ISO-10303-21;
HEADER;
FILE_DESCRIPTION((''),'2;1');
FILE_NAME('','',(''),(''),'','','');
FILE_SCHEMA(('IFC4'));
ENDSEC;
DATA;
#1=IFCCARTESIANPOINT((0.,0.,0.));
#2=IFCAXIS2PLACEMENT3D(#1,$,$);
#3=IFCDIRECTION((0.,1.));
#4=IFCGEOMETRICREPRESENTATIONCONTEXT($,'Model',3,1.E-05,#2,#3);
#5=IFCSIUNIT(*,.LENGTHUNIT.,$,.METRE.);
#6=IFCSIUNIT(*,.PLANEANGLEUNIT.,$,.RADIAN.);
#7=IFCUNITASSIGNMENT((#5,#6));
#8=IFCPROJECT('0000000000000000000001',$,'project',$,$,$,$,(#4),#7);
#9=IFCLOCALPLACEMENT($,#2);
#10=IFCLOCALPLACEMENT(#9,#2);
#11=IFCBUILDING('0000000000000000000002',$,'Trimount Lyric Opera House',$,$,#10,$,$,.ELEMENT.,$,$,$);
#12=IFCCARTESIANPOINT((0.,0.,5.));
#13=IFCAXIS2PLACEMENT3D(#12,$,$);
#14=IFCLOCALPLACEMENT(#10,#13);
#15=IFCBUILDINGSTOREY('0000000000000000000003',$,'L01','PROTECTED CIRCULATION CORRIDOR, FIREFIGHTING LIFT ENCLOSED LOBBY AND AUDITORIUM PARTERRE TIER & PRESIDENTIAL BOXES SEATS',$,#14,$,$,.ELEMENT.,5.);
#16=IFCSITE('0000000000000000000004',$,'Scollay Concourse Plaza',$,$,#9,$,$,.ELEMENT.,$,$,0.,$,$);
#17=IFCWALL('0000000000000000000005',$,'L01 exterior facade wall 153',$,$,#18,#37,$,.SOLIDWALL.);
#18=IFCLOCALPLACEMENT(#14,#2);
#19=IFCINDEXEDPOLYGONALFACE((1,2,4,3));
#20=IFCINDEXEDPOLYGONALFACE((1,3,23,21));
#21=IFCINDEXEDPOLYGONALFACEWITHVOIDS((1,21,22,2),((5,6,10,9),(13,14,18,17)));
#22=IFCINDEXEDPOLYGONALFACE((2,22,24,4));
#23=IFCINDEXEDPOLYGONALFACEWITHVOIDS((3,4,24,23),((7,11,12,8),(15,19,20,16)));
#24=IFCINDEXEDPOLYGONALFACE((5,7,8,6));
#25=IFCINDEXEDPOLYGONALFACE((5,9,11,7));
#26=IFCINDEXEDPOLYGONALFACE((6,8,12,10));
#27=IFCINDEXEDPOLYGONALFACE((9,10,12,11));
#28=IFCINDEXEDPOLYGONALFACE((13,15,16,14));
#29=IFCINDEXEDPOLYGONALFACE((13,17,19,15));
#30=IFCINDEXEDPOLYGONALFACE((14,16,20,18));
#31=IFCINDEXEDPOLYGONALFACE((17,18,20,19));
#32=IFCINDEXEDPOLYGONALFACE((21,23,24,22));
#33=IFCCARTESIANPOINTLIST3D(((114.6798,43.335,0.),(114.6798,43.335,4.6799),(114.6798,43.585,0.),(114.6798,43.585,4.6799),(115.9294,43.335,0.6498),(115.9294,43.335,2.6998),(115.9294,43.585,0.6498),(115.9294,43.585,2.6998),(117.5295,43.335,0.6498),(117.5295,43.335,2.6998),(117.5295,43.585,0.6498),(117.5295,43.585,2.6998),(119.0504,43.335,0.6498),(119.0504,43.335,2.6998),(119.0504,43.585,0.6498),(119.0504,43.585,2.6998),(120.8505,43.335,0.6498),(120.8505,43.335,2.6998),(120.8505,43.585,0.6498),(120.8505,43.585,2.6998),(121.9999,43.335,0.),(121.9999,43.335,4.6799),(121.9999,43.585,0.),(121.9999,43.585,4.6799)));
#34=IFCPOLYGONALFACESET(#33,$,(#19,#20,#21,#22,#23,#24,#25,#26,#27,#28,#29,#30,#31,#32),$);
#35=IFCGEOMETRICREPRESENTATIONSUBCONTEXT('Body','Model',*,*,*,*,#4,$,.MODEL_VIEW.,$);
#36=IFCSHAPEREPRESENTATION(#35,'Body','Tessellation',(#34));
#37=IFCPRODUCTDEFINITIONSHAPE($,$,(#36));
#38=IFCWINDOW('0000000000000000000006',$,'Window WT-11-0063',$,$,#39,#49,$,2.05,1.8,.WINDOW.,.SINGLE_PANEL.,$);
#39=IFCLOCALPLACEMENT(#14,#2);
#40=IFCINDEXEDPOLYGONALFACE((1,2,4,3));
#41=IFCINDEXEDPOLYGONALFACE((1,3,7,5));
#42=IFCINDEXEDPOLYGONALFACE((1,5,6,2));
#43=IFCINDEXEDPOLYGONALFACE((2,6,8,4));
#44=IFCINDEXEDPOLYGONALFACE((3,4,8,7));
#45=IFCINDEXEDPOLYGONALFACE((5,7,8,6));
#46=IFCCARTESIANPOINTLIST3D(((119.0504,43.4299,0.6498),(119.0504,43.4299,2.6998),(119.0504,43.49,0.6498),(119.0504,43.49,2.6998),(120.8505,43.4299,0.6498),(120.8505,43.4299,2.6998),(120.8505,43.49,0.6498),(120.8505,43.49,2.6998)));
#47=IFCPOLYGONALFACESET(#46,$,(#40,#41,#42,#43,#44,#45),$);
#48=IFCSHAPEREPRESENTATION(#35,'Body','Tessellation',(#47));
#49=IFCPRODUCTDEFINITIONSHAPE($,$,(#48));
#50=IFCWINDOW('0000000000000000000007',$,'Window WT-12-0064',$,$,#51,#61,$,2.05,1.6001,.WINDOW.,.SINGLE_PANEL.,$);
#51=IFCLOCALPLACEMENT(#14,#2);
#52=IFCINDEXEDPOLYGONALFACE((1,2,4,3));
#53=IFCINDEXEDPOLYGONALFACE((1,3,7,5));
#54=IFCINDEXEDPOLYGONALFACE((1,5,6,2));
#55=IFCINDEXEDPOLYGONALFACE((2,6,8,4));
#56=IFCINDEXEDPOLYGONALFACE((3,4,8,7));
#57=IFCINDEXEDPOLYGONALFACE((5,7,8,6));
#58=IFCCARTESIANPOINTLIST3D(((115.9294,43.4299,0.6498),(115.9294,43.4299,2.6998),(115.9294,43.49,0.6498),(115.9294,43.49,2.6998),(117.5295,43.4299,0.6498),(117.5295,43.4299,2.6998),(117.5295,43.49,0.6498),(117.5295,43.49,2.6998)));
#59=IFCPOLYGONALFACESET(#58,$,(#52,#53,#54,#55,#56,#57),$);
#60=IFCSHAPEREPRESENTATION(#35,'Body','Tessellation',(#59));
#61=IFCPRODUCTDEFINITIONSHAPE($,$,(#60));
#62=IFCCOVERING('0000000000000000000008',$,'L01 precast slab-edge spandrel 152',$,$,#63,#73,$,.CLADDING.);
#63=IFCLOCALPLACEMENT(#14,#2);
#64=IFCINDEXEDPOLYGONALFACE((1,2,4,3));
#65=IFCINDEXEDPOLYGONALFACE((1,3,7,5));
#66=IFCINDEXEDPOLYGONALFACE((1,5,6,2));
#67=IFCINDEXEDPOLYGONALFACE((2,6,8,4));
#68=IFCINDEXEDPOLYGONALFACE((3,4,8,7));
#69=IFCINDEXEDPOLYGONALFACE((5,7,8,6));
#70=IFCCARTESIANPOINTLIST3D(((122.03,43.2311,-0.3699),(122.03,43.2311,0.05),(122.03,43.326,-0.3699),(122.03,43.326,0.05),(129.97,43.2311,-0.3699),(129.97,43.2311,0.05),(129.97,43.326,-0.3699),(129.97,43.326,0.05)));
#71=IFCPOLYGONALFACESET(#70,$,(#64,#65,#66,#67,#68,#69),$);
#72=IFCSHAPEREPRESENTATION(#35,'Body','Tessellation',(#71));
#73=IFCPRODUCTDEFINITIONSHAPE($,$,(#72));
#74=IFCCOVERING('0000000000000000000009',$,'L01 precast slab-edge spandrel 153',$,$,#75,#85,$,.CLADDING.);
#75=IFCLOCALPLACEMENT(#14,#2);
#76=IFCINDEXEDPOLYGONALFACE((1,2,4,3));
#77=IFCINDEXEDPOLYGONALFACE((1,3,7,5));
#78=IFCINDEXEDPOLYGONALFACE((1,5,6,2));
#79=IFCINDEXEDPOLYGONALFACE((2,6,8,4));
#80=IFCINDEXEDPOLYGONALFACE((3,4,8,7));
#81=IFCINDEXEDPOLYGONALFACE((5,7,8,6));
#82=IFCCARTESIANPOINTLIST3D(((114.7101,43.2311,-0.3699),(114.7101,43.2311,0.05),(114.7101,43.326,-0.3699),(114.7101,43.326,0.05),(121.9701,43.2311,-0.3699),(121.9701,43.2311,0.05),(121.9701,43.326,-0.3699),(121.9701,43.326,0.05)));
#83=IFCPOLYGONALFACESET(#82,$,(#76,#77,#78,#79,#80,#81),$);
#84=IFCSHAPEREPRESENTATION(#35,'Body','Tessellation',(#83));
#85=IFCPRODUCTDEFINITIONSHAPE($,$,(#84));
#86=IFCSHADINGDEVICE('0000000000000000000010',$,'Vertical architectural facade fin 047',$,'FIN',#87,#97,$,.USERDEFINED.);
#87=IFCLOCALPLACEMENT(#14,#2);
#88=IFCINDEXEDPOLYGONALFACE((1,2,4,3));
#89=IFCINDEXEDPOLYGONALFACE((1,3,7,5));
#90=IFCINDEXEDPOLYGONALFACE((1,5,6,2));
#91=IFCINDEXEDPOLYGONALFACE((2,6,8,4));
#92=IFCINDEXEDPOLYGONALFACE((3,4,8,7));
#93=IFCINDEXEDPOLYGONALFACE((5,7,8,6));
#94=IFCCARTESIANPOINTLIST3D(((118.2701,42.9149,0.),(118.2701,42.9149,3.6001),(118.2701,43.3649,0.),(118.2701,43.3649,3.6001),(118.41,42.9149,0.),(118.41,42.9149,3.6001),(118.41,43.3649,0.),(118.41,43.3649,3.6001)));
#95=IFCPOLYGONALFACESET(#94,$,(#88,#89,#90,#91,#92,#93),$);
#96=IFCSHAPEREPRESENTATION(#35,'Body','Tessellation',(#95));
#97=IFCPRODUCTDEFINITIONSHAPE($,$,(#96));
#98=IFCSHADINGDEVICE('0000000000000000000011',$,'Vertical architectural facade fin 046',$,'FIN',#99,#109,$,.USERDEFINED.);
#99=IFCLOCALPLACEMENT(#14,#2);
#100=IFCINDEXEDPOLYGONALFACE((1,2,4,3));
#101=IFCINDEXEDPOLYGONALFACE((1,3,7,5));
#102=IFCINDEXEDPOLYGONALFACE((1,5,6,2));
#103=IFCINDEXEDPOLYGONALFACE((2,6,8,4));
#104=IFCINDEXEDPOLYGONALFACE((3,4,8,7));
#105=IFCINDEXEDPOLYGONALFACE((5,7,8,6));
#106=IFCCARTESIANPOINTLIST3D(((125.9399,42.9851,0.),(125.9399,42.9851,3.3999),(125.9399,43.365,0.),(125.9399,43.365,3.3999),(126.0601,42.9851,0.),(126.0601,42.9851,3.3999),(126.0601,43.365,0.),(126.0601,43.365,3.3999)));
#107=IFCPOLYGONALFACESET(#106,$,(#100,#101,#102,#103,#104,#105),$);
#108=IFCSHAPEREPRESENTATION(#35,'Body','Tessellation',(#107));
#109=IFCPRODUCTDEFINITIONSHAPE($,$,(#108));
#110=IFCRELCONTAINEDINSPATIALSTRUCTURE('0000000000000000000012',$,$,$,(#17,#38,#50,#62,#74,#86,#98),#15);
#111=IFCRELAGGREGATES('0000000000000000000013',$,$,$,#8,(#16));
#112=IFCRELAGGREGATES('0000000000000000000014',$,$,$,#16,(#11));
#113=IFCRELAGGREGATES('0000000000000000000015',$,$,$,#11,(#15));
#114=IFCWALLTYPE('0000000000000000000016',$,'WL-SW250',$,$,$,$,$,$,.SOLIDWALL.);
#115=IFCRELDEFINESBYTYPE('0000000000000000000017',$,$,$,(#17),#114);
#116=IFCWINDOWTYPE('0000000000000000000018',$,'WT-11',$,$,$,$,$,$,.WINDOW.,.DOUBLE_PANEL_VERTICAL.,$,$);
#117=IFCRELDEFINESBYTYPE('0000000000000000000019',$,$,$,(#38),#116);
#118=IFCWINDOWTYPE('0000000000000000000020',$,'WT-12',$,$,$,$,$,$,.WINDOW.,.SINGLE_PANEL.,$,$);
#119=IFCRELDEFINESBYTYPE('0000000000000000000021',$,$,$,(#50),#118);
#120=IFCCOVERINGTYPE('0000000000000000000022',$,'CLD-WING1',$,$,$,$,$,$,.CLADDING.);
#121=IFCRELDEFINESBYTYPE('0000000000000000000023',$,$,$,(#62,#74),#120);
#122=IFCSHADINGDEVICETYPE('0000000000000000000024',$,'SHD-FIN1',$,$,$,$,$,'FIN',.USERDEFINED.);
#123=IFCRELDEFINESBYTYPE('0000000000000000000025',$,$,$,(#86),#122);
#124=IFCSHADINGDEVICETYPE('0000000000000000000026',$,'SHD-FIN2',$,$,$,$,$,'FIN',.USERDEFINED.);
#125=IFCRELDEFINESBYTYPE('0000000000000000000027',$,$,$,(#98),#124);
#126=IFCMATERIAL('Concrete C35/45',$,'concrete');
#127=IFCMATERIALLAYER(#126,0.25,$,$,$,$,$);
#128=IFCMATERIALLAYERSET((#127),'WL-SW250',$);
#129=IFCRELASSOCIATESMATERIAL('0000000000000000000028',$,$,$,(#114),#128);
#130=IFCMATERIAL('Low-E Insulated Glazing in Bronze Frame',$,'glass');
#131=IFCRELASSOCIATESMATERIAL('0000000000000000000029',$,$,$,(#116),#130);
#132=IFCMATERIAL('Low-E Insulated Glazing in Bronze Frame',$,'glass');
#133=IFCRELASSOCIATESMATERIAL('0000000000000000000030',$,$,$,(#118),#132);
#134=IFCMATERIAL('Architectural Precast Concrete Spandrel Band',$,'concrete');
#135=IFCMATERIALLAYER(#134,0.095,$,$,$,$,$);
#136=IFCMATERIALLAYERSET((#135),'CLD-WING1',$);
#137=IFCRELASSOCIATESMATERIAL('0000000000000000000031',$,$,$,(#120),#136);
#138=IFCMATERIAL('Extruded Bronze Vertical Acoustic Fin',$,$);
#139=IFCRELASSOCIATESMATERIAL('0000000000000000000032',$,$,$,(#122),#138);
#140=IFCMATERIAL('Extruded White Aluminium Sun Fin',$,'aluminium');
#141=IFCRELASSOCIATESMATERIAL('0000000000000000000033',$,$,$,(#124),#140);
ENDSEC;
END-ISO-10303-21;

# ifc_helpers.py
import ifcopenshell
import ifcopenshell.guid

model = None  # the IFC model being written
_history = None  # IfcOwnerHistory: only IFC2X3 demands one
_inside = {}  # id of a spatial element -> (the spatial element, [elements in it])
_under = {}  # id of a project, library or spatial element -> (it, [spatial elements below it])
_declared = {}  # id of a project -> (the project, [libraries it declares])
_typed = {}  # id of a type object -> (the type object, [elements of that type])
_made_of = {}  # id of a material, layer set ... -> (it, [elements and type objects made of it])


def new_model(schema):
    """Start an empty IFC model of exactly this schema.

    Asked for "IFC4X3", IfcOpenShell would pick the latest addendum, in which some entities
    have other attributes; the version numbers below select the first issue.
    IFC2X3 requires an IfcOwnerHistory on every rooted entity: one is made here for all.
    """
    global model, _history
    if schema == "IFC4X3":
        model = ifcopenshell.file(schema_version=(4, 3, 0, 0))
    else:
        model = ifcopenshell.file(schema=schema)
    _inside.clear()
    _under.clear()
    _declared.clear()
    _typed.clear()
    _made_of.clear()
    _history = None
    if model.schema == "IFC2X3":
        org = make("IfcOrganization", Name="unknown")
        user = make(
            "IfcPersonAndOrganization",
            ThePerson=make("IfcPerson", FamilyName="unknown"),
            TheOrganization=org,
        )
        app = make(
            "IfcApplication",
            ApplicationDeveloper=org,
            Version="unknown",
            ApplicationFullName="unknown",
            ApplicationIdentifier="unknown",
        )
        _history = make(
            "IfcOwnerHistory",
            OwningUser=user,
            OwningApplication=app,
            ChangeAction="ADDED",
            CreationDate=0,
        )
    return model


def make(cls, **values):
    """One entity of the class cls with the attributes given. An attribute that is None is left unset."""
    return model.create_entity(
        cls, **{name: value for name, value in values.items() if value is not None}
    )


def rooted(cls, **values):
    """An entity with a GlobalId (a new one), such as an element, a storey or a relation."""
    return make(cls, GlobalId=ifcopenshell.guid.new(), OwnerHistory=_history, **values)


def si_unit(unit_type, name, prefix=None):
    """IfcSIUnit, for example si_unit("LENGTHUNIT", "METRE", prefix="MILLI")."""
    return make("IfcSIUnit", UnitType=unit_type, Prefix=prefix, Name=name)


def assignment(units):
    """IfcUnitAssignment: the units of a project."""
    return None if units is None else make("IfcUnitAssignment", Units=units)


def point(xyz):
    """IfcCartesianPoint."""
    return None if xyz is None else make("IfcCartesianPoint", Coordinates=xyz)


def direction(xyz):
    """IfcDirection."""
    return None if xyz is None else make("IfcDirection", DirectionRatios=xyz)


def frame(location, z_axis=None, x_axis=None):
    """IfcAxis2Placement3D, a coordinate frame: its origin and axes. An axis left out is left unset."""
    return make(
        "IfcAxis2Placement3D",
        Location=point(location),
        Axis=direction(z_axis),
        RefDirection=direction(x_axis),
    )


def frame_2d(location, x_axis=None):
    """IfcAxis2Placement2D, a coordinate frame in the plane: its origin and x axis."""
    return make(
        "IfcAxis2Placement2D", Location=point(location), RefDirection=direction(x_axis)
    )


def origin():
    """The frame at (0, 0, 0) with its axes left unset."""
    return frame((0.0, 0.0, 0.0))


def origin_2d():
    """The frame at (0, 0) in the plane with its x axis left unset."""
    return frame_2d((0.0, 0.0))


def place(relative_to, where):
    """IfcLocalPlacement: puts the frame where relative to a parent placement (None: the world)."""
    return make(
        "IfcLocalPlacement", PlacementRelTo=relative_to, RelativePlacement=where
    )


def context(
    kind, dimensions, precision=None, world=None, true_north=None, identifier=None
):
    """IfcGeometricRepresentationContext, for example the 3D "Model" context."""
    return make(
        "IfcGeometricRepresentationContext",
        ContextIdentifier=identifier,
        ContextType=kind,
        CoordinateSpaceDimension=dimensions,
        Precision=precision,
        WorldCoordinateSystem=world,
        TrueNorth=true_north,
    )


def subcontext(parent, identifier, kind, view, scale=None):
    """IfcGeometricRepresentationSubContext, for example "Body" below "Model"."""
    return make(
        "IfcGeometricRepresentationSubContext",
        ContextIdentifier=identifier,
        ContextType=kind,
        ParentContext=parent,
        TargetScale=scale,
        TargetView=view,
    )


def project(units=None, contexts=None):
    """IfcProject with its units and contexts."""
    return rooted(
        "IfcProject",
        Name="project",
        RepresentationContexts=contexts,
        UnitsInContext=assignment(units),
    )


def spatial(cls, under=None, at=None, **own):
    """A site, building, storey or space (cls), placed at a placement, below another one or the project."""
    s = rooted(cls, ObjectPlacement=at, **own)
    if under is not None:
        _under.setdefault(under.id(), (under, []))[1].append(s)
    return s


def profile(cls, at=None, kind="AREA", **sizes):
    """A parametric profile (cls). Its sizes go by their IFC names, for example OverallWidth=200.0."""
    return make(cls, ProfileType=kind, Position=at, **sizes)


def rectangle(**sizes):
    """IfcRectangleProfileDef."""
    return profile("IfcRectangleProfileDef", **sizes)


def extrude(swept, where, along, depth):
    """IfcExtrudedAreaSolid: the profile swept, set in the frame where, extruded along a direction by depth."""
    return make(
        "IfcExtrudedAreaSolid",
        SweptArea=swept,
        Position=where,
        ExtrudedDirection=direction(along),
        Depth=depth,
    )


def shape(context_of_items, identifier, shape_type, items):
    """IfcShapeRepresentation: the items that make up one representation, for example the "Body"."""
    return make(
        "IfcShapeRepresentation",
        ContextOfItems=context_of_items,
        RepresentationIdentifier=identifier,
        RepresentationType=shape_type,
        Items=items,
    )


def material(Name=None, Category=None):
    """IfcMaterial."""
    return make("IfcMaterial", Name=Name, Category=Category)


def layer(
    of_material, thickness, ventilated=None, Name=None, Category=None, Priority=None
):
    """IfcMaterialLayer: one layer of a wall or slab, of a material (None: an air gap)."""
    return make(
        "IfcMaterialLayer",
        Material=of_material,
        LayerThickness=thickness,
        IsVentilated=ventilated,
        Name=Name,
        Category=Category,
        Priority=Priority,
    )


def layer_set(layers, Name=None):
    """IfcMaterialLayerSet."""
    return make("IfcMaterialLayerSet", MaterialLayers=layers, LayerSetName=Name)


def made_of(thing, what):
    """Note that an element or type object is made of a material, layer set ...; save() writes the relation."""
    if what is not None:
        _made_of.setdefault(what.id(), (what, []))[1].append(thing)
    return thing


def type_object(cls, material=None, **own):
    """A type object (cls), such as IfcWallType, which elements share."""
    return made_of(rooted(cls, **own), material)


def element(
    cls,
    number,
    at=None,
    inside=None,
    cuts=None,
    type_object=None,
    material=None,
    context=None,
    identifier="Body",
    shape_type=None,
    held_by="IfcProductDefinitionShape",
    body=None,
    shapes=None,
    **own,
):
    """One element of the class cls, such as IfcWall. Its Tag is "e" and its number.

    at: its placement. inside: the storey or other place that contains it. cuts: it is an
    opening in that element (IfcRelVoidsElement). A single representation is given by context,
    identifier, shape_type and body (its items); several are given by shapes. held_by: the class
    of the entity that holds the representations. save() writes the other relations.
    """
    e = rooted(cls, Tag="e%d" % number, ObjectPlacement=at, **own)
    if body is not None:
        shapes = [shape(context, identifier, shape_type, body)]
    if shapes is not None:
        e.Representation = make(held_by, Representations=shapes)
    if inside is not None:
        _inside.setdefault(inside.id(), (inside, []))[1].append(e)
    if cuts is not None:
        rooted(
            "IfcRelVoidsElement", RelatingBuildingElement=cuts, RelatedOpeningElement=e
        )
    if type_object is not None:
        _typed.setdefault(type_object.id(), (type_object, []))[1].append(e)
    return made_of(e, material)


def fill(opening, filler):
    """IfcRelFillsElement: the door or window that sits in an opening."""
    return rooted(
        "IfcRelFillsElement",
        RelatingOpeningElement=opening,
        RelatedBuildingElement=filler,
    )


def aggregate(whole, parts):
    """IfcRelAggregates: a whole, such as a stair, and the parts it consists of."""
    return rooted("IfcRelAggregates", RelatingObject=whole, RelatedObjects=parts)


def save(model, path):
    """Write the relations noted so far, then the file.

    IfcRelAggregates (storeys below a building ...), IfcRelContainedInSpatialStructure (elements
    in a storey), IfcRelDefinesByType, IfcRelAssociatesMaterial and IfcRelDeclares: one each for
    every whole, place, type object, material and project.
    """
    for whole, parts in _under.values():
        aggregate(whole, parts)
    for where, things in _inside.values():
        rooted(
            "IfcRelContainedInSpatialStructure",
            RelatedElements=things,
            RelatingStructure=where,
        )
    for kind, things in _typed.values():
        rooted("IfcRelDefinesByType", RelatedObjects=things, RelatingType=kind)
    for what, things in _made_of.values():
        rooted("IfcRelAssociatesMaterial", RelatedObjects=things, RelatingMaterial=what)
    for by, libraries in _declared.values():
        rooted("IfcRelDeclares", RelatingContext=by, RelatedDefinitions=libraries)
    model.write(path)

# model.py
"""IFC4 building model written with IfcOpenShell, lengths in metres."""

from ifc_helpers import new_model, si_unit, direction, frame, frame_2d, origin, origin_2d, place, context, subcontext, project, spatial, rectangle, extrude, material, layer, layer_set, type_object, element, fill, save


model = new_model("IFC4")

# Units and contexts
model_context = context("Model", 3, precision=1e-05, world=origin(), true_north=direction((0.0, 1.0)))
body_context = subcontext(model_context, "Body", "Model", "MODEL_VIEW")
ifc_project = project(units=[si_unit("LENGTHUNIT", "METRE"), si_unit("PLANEANGLEUNIT", "RADIAN")], contexts=[model_context])

# Site, building, storey
site_placement = place(None, origin())
site = spatial("IfcSite", under=ifc_project, at=site_placement, Name="Scollay Concourse Plaza", CompositionType="ELEMENT", RefElevation=0.0)
building_placement = place(site_placement, origin())
building = spatial("IfcBuilding", under=site, at=building_placement, Name="Trimount Lyric Opera House", CompositionType="ELEMENT")
storey_placement = place(building_placement, frame((0.0, 0.0, 5.0)))
storey = spatial("IfcBuildingStorey", under=building, at=storey_placement, Name="L01", Description="PROTECTED CIRCULATION CORRIDOR, FIREFIGHTING LIFT ENCLOSED LOBBY AND AUDITORIUM PARTERRE TIER & PRESIDENTIAL BOXES SEATS", CompositionType="ELEMENT", Elevation=5.0)

# Wall, openings, windows
ifc_material_1 = material(Name="Concrete C35/45", Category="concrete")
ifc_layer_1 = layer(ifc_material_1, 0.25)
ifc_layer_set_1 = layer_set([ifc_layer_1], Name="WL-SW250")
wall_type_1 = type_object("IfcWallType", Name="WL-SW250", PredefinedType="SOLIDWALL", material=ifc_layer_set_1)
wall_1_placement = place(storey_placement, frame((122.0, 43.46, 0.0), z_axis=(0.0, 0.0, 1.0), x_axis=(-1.0, 0.0, 0.0)))
wall_1 = element("IfcWall", 1, at=wall_1_placement, inside=storey, type_object=wall_type_1, Name="L01 exterior facade wall 153", PredefinedType="SOLIDWALL", context=body_context, shape_type="SweptSolid", body=[
    extrude(rectangle(XDim=7.3201, YDim=0.25, at=frame_2d((3.6602, 0.0))), origin(), (0.0, 0.0, 1.0), 4.6799),
])
opening_1_placement = place(wall_1_placement, frame((1.1497, 0.0, 0.6499)))
opening_1 = element("IfcOpeningElement", 2, at=opening_1_placement, cuts=wall_1, PredefinedType="OPENING", context=body_context, shape_type="SweptSolid", body=[
    extrude(rectangle(XDim=1.8, YDim=2.05, at=frame_2d((0.8999, 1.0249))), frame((0.0, 0.135, 0.0), z_axis=(0.0, -1.0, 0.0), x_axis=(1.0, 0.0, 0.0)), (0.0, 0.0, 1.0), 0.27),
])
opening_2_placement = place(wall_1_placement, frame((4.4705, 0.0, 0.6499)))
opening_2 = element("IfcOpeningElement", 3, at=opening_2_placement, cuts=wall_1, PredefinedType="OPENING", context=body_context, shape_type="SweptSolid", body=[
    extrude(rectangle(XDim=1.6001, YDim=2.05, at=frame_2d((0.8, 1.0249))), frame((0.0, 0.135, 0.0), z_axis=(0.0, -1.0, 0.0), x_axis=(1.0, 0.0, 0.0)), (0.0, 0.0, 1.0), 0.27),
])
ifc_material_2 = material(Name="Low-E Insulated Glazing in Bronze Frame", Category="glass")
window_type_1 = type_object("IfcWindowType", Name="WT-11", PartitioningType="DOUBLE_PANEL_VERTICAL", PredefinedType="WINDOW", material=ifc_material_2)
window_1_placement = place(opening_1_placement, origin())
window_1 = element("IfcWindow", 4, at=window_1_placement, inside=storey, type_object=window_type_1, Name="Window WT-11-0063", OverallHeight=2.05, OverallWidth=1.8, PartitioningType="SINGLE_PANEL", PredefinedType="WINDOW", context=body_context, shape_type="SweptSolid", body=[
    extrude(rectangle(XDim=1.8, YDim=2.05, at=frame_2d((0.8999, 1.0249))), frame((0.0, 0.03, 0.0), z_axis=(0.0, -1.0, 0.0), x_axis=(1.0, 0.0, 0.0)), (0.0, 0.0, 1.0), 0.0601),
])
fill(opening_1, window_1)
ifc_material_3 = material(Name="Low-E Insulated Glazing in Bronze Frame", Category="glass")
window_type_2 = type_object("IfcWindowType", Name="WT-12", PartitioningType="SINGLE_PANEL", PredefinedType="WINDOW", material=ifc_material_3)
window_2_placement = place(opening_2_placement, origin())
window_2 = element("IfcWindow", 5, at=window_2_placement, inside=storey, type_object=window_type_2, Name="Window WT-12-0064", OverallHeight=2.05, OverallWidth=1.6001, PartitioningType="SINGLE_PANEL", PredefinedType="WINDOW", context=body_context, shape_type="SweptSolid", body=[
    extrude(rectangle(XDim=1.6001, YDim=2.05, at=frame_2d((0.8, 1.0249))), frame((0.0, 0.03, 0.0), z_axis=(0.0, -1.0, 0.0), x_axis=(1.0, 0.0, 0.0)), (0.0, 0.0, 1.0), 0.0601),
])
fill(opening_2, window_2)

# Coverings
ifc_material_4 = material(Name="Architectural Precast Concrete Spandrel Band", Category="concrete")
ifc_layer_2 = layer(ifc_material_4, 0.095)
ifc_layer_set_2 = layer_set([ifc_layer_2], Name="CLD-WING1")
covering_type = type_object("IfcCoveringType", Name="CLD-WING1", PredefinedType="CLADDING", material=ifc_layer_set_2)
covering_1_placement = place(storey_placement, frame((126.0, 43.2786, -0.3699), z_axis=(0.0, 0.0, 1.0), x_axis=(-1.0, 0.0, 0.0)))
element("IfcCovering", 6, at=covering_1_placement, inside=storey, type_object=covering_type, Name="L01 precast slab-edge spandrel 152", PredefinedType="CLADDING", context=body_context, shape_type="SweptSolid", body=[
    extrude(rectangle(XDim=7.9399, YDim=0.095, at=origin_2d()), origin(), (0.0, 0.0, 1.0), 0.4199),
])
covering_2_placement = place(storey_placement, frame((118.3401, 43.2786, -0.3699), z_axis=(0.0, 0.0, 1.0), x_axis=(-1.0, 0.0, 0.0)))
element("IfcCovering", 7, at=covering_2_placement, inside=storey, type_object=covering_type, Name="L01 precast slab-edge spandrel 153", PredefinedType="CLADDING", context=body_context, shape_type="SweptSolid", body=[
    extrude(rectangle(XDim=7.26, YDim=0.095, at=origin_2d()), origin(), (0.0, 0.0, 1.0), 0.4199),
])

# Shading devices
ifc_material_5 = material(Name="Extruded Bronze Vertical Acoustic Fin")
shading_device_type_1 = type_object("IfcShadingDeviceType", Name="SHD-FIN1", ElementType="FIN", PredefinedType="USERDEFINED", material=ifc_material_5)
shading_device_1_placement = place(storey_placement, frame((118.3401, 43.1399, 0.0), z_axis=(0.0, 0.0, 1.0), x_axis=(1.0, 0.0, 0.0)))
element("IfcShadingDevice", 8, at=shading_device_1_placement, inside=storey, type_object=shading_device_type_1, Name="Vertical architectural facade fin 047", ObjectType="FIN", PredefinedType="USERDEFINED", context=body_context, shape_type="SweptSolid", body=[
    extrude(rectangle(XDim=0.1399, YDim=0.45, at=origin_2d()), origin(), (0.0, 0.0, 1.0), 3.6001),
])
ifc_material_6 = material(Name="Extruded White Aluminium Sun Fin", Category="aluminium")
shading_device_type_2 = type_object("IfcShadingDeviceType", Name="SHD-FIN2", ElementType="FIN", PredefinedType="USERDEFINED", material=ifc_material_6)
shading_device_2_placement = place(storey_placement, frame((126.0, 43.175, 0.0), z_axis=(0.0, 0.0, 1.0), x_axis=(1.0, 0.0, 0.0)))
element("IfcShadingDevice", 9, at=shading_device_2_placement, inside=storey, type_object=shading_device_type_2, Name="Vertical architectural facade fin 046", ObjectType="FIN", PredefinedType="USERDEFINED", context=body_context, shape_type="SweptSolid", body=[
    extrude(rectangle(XDim=0.1201, YDim=0.3799, at=origin_2d()), origin(), (0.0, 0.0, 1.0), 3.3999),
])

save(model, "model.ifc")
